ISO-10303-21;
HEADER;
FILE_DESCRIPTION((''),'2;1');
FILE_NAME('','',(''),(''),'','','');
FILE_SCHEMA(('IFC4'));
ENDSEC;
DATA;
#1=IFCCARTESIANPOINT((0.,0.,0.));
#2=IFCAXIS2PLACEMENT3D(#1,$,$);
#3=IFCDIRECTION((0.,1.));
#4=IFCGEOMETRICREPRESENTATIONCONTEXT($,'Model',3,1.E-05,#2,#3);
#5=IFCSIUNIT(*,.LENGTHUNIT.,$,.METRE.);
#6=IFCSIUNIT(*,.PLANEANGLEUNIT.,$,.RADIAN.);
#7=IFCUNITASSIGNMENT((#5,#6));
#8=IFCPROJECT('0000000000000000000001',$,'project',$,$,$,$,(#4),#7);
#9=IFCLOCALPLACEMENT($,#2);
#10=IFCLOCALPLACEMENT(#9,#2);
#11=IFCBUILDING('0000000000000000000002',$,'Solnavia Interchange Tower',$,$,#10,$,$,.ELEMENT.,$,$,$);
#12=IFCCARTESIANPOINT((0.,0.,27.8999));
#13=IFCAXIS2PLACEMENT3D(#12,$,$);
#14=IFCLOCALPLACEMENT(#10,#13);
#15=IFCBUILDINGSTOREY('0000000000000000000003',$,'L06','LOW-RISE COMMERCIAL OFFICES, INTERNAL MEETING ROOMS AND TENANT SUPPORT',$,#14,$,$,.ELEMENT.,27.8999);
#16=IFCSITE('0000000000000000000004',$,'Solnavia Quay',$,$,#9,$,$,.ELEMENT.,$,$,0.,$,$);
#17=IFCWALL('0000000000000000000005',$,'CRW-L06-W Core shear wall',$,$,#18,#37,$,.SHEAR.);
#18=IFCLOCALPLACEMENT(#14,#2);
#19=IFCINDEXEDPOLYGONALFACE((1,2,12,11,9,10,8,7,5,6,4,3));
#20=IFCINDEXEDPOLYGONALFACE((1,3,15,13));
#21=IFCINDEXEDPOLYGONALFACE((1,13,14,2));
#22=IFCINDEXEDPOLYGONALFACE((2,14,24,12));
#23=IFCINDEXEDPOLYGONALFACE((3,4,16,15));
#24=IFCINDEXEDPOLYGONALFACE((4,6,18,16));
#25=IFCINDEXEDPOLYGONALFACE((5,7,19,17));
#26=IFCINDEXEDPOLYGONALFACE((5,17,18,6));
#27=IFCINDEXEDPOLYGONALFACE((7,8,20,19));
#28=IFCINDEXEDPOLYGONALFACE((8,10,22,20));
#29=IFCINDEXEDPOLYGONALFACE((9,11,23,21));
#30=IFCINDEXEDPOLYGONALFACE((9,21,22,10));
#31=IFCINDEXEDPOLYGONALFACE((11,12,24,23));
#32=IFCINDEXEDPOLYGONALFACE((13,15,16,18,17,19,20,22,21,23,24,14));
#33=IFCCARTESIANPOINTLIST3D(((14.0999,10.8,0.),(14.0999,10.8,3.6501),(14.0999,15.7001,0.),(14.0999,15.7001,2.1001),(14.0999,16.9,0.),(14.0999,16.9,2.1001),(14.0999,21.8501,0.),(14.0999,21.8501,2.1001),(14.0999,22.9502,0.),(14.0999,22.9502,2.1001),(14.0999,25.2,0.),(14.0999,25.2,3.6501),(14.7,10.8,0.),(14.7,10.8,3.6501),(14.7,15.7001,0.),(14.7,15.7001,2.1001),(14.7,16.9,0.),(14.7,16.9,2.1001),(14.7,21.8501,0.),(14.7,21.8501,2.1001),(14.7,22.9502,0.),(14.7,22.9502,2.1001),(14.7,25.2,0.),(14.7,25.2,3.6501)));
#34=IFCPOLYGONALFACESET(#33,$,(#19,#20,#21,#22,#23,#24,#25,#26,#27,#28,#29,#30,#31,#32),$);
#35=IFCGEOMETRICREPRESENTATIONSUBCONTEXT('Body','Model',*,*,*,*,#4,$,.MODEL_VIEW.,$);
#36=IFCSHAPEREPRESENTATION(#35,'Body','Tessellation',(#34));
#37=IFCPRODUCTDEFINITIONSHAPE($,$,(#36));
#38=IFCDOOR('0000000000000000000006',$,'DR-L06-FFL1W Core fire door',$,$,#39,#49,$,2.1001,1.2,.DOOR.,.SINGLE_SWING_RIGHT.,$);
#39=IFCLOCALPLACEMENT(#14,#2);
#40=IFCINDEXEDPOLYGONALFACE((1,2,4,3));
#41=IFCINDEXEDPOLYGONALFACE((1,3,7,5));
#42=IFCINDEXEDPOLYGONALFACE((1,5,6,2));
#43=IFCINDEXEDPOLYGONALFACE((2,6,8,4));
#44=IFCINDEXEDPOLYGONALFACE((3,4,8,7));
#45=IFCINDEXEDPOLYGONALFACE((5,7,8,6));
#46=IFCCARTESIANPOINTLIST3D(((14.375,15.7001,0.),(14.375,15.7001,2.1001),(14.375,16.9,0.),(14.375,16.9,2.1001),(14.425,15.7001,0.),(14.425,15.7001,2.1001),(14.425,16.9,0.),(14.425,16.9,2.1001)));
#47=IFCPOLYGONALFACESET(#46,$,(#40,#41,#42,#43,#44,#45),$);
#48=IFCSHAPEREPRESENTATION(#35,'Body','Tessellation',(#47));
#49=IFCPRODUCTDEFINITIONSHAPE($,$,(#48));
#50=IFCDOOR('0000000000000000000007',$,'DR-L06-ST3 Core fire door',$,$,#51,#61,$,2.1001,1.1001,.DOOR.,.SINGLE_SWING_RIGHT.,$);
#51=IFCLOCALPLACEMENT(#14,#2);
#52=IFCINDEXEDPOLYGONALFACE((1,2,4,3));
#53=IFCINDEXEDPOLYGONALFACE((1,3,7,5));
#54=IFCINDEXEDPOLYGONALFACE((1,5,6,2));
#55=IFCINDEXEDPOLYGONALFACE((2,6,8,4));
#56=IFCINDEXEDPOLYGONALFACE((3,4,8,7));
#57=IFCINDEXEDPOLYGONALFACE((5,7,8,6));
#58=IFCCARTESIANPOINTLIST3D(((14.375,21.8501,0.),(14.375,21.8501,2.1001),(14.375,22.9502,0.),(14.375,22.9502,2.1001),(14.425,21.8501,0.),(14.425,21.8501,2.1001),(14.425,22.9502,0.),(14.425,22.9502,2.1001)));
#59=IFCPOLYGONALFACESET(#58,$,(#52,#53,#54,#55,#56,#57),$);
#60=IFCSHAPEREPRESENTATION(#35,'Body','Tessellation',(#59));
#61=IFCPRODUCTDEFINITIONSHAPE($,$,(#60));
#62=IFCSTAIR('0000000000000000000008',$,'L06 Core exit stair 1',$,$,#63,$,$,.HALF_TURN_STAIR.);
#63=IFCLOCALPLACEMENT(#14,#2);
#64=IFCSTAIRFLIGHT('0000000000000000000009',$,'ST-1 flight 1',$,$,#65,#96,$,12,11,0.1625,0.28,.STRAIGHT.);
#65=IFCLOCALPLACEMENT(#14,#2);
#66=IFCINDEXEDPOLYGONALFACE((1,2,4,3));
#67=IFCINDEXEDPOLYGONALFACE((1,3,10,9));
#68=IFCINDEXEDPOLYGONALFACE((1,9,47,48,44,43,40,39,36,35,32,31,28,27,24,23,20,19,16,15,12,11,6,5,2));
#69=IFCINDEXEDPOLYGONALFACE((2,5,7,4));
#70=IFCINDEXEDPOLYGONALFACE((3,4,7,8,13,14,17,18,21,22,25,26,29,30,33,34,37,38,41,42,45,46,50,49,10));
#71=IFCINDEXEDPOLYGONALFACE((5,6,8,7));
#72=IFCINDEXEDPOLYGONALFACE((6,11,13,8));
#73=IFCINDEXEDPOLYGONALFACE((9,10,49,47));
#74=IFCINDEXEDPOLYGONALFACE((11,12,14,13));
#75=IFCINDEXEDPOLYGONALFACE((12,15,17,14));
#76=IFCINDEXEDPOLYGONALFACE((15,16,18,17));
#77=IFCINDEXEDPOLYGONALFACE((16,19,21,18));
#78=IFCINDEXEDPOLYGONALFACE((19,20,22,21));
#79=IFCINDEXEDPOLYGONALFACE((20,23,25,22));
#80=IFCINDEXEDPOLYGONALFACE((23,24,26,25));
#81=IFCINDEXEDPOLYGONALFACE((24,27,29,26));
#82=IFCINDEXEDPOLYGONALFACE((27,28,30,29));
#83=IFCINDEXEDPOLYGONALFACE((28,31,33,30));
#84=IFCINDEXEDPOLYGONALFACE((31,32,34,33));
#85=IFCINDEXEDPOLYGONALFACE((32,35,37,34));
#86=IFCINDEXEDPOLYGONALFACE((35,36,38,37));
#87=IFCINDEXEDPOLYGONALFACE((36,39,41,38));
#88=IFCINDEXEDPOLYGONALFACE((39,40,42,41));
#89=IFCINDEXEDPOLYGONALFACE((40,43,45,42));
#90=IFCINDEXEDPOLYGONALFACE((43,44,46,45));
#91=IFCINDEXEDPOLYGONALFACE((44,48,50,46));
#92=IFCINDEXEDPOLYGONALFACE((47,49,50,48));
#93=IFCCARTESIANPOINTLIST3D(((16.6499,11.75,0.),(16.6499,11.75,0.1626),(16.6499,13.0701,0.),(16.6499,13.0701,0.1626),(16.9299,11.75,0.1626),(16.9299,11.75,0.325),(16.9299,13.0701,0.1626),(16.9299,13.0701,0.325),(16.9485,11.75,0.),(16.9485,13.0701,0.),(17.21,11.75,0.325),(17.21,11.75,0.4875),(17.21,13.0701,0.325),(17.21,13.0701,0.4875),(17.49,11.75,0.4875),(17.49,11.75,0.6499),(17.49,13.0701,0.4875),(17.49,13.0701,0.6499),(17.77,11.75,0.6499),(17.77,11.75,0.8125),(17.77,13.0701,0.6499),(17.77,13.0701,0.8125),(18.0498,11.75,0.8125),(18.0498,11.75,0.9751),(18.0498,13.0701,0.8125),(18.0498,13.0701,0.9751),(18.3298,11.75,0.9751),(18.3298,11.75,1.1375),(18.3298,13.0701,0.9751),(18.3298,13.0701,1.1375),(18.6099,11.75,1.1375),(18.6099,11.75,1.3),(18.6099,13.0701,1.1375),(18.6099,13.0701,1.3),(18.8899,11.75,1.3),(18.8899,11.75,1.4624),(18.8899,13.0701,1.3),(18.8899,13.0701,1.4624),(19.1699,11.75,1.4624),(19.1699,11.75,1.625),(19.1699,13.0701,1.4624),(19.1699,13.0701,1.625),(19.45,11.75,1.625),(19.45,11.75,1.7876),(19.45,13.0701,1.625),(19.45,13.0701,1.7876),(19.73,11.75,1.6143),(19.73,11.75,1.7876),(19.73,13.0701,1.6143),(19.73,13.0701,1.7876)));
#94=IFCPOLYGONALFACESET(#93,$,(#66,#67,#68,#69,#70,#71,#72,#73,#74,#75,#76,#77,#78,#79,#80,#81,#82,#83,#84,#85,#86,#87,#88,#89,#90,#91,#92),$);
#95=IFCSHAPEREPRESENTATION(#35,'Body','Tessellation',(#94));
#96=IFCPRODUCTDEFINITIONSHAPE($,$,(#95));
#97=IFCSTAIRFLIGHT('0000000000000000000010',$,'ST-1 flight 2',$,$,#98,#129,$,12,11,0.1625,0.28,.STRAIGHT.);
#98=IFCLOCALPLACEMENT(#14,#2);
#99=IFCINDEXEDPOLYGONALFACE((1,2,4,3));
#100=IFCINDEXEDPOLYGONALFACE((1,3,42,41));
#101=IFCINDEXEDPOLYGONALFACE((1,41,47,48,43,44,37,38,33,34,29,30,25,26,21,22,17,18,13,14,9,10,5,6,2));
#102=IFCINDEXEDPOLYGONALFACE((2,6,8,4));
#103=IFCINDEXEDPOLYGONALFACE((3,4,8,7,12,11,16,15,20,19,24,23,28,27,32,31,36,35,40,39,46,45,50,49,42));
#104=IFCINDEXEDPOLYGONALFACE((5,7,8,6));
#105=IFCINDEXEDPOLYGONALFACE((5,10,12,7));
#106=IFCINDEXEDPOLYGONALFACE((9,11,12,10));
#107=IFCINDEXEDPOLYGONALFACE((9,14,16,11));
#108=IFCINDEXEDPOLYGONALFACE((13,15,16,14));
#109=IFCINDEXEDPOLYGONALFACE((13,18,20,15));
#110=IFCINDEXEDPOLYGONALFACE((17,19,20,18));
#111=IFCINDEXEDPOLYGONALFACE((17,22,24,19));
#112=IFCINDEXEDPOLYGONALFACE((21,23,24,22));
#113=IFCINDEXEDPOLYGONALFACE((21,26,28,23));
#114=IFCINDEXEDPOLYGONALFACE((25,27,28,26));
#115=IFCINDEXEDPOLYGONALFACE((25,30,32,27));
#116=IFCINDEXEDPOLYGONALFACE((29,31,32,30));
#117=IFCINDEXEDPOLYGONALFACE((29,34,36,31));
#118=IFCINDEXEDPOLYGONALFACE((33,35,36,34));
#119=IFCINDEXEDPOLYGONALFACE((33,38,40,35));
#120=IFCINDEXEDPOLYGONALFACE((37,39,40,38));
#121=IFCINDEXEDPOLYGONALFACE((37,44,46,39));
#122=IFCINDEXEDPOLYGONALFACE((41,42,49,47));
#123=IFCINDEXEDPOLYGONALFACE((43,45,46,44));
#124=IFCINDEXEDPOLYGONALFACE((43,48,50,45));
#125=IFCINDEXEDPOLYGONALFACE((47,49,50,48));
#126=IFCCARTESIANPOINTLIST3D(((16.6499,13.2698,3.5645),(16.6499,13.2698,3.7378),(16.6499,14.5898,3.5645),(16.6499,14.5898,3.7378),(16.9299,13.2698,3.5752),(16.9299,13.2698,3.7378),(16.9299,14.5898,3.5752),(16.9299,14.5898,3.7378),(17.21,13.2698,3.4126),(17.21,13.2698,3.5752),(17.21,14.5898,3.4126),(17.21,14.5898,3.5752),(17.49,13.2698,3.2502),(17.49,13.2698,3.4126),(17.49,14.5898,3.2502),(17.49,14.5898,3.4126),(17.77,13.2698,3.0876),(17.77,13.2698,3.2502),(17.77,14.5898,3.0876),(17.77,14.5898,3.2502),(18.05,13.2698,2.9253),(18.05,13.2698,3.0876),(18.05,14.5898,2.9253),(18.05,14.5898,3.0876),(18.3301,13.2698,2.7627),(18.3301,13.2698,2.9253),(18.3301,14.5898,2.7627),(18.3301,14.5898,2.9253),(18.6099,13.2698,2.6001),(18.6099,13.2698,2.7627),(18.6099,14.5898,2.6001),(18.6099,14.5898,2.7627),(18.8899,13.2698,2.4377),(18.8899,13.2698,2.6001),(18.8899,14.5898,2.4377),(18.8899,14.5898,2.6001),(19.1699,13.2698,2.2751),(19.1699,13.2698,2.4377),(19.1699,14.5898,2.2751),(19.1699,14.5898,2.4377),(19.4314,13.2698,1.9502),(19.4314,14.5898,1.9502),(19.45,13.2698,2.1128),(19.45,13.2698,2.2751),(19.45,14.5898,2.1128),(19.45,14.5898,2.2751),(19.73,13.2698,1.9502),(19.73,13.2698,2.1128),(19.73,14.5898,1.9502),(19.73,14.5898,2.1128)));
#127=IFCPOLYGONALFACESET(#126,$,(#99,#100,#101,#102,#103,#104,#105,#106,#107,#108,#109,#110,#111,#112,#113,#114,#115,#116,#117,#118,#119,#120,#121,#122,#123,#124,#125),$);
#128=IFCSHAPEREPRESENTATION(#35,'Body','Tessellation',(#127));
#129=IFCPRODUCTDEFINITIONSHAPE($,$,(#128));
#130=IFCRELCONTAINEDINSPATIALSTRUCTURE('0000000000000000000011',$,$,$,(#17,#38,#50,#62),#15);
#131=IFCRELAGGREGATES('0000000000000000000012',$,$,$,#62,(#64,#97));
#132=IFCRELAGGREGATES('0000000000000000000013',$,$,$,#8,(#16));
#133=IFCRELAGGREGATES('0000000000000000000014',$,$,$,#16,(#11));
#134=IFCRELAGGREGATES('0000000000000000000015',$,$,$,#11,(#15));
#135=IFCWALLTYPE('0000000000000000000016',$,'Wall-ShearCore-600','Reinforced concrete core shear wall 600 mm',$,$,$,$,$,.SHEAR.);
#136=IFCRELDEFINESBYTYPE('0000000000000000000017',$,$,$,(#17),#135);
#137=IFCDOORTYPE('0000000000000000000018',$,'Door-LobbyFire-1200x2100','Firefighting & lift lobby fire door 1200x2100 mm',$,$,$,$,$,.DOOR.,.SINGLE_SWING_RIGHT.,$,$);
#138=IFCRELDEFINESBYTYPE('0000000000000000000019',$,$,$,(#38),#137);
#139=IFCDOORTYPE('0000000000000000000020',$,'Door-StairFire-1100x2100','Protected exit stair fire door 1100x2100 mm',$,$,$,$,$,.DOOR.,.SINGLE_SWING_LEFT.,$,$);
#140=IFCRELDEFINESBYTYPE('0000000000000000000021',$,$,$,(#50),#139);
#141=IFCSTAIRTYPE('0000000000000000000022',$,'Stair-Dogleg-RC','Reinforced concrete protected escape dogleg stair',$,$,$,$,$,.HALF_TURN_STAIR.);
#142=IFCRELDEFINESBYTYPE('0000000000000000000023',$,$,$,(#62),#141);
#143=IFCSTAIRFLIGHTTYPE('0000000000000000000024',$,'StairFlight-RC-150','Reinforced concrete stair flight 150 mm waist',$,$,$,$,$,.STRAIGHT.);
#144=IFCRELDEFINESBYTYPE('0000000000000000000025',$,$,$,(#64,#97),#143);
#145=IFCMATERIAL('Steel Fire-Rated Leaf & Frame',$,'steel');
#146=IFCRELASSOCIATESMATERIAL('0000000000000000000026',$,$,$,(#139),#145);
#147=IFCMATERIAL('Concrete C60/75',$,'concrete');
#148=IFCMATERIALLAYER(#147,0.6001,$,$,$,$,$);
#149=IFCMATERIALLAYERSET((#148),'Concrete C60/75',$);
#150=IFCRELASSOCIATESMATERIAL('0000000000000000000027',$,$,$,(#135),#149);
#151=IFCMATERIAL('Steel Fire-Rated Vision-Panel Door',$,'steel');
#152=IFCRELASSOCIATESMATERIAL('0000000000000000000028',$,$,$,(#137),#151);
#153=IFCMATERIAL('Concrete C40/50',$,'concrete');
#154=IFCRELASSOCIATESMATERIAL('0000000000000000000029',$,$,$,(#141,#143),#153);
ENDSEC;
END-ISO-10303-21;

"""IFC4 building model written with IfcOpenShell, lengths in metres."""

from ifc_helpers import new_model, si_unit, direction, frame, frame_2d, origin, place, context, subcontext, project, spatial, polyline, rectangle, outline, extrude, material, layer, layer_set, type_object, element, fill, aggregate, save


model = new_model("IFC4")

# Units and contexts
model_context = context("Model", 3, precision=1e-05, world=origin(), true_north=direction((0.0, 1.0)))
body_context = subcontext(model_context, "Body", "Model", "MODEL_VIEW")
ifc_project = project(units=[si_unit("LENGTHUNIT", "METRE"), si_unit("PLANEANGLEUNIT", "RADIAN")], contexts=[model_context])

# Site, building, storey
site_placement = place(None, origin())
site = spatial("IfcSite", under=ifc_project, at=site_placement, Name="Solnavia Quay", CompositionType="ELEMENT", RefElevation=0.0)
building_placement = place(site_placement, origin())
building = spatial("IfcBuilding", under=site, at=building_placement, Name="Solnavia Interchange Tower", CompositionType="ELEMENT")
storey_placement = place(building_placement, frame((0.0, 0.0, 27.8999)))
storey = spatial("IfcBuildingStorey", under=building, at=storey_placement, Name="L06", Description="LOW-RISE COMMERCIAL OFFICES, INTERNAL MEETING ROOMS AND TENANT SUPPORT", CompositionType="ELEMENT", Elevation=27.8999)

# Shared definitions
ifc_material_1 = material(Name="Concrete C40/50", Category="concrete")

# Shared definitions
ifc_material_2 = material(Name="Steel Fire-Rated Leaf & Frame", Category="steel")
door_type_1 = type_object("IfcDoorType", Name="Door-StairFire-1100x2100", Description="Protected exit stair fire door 1100x2100 mm", OperationType="SINGLE_SWING_LEFT", PredefinedType="DOOR", material=ifc_material_2)

# Shared definitions
ifc_material_3 = material(Name="Concrete C60/75", Category="concrete")
ifc_layer_1 = layer(ifc_material_3, 0.6001)
ifc_layer_set_1 = layer_set([ifc_layer_1], Name="Concrete C60/75")
wall_type_1 = type_object("IfcWallType", Name="Wall-ShearCore-600", Description="Reinforced concrete core shear wall 600 mm", PredefinedType="SHEAR", material=ifc_layer_set_1)

# Wall, openings, doors
wall_1_placement = place(storey_placement, frame((14.3999, 10.8, 0.0), z_axis=(0.0, 0.0, 1.0), x_axis=(0.0, 1.0, 0.0)))
wall_1 = element("IfcWall", 1, at=wall_1_placement, inside=storey, type_object=wall_type_1, Name="CRW-L06-W Core shear wall", PredefinedType="SHEAR", context=body_context, shape_type="SweptSolid", body=[
    extrude(rectangle(XDim=14.3999, YDim=0.6001, at=frame_2d((7.2, 0.0))), origin(), (0.0, 0.0, 1.0), 3.6501),
])
opening_1_placement = place(wall_1_placement, frame((11.05, 0.0, 0.0)))
opening_1 = element("IfcOpeningElement", 2, at=opening_1_placement, cuts=wall_1, PredefinedType="OPENING", context=body_context, shape_type="SweptSolid", body=[
    extrude(rectangle(XDim=1.1001, YDim=2.1001, at=frame_2d((0.55, 1.05))), frame((0.0, 0.3101, 0.0), z_axis=(0.0, -1.0, 0.0), x_axis=(1.0, 0.0, 0.0)), (0.0, 0.0, 1.0), 0.6201),
])
opening_2_placement = place(wall_1_placement, frame((4.8999, 0.0, 0.0)))
opening_2 = element("IfcOpeningElement", 3, at=opening_2_placement, cuts=wall_1, PredefinedType="OPENING", context=body_context, shape_type="SweptSolid", body=[
    extrude(rectangle(XDim=1.2, YDim=2.1001, at=frame_2d((0.6001, 1.05))), frame((0.0, 0.3101, 0.0), z_axis=(0.0, -1.0, 0.0), x_axis=(1.0, 0.0, 0.0)), (0.0, 0.0, 1.0), 0.6201),
])
ifc_material_4 = material(Name="Steel Fire-Rated Vision-Panel Door", Category="steel")
door_type_2 = type_object("IfcDoorType", Name="Door-LobbyFire-1200x2100", Description="Firefighting & lift lobby fire door 1200x2100 mm", OperationType="SINGLE_SWING_RIGHT", PredefinedType="DOOR", material=ifc_material_4)
door_1_placement = place(opening_2_placement, origin())
door_1 = element("IfcDoor", 4, at=door_1_placement, inside=storey, type_object=door_type_2, Name="DR-L06-FFL1W Core fire door", OperationType="SINGLE_SWING_RIGHT", OverallHeight=2.1001, OverallWidth=1.2, PredefinedType="DOOR", context=body_context, shape_type="SweptSolid", body=[
    extrude(rectangle(XDim=1.2, YDim=2.1001, at=frame_2d((0.6001, 1.05))), frame((0.0, 0.0249, 0.0), z_axis=(0.0, -1.0, 0.0), x_axis=(1.0, 0.0, 0.0)), (0.0, 0.0, 1.0), 0.05),
])
fill(opening_2, door_1)
door_2_placement = place(opening_1_placement, origin())
door_2 = element("IfcDoor", 5, at=door_2_placement, inside=storey, type_object=door_type_1, Name="DR-L06-ST3 Core fire door", OperationType="SINGLE_SWING_RIGHT", OverallHeight=2.1001, OverallWidth=1.1001, PredefinedType="DOOR", context=body_context, shape_type="SweptSolid", body=[
    extrude(rectangle(XDim=1.1001, YDim=2.1001, at=frame_2d((0.55, 1.05))), frame((0.0, 0.0249, 0.0), z_axis=(0.0, -1.0, 0.0), x_axis=(1.0, 0.0, 0.0)), (0.0, 0.0, 1.0), 0.05),
])
fill(opening_1, door_2)

# Stair, stair flights
stair_type = type_object("IfcStairType", Name="Stair-Dogleg-RC", Description="Reinforced concrete protected escape dogleg stair", PredefinedType="HALF_TURN_STAIR", material=ifc_material_1)
stair_placement = place(storey_placement, origin())
stair = element("IfcStair", 6, at=stair_placement, inside=storey, type_object=stair_type, Name="L06 Core exit stair 1", PredefinedType="HALF_TURN_STAIR")
stair_flight_type = type_object("IfcStairFlightType", Name="StairFlight-RC-150", Description="Reinforced concrete stair flight 150 mm waist", PredefinedType="STRAIGHT", material=ifc_material_1)
stair_flight_1_placement = place(storey_placement, frame((16.6499, 12.4099, 0.0), z_axis=(0.0, 0.0, 1.0), x_axis=(1.0, 0.0, 0.0)))
stair_flight_1 = element("IfcStairFlight", 7, at=stair_flight_1_placement, type_object=stair_flight_type, Name="ST-1 flight 1", NumberOfRisers=12, NumberOfTreads=11, PredefinedType="STRAIGHT", RiserHeight=0.1625, TreadLength=0.28, context=body_context, shape_type="SweptSolid", body=[
    extrude(outline(polyline([(0.0, 0.0), (0.0, 0.1626), (0.28, 0.1626), (0.28, 0.325), (0.5601, 0.325), (0.5601, 0.4875), (0.8401, 0.4875), (0.8401, 0.6499), (1.1201, 0.6499), (1.1201, 0.8125), (1.3999, 0.8125), (1.3999, 0.9751), (1.6799, 0.9751), (1.6799, 1.1375), (1.96, 1.1375), (1.96, 1.3), (2.24, 1.3), (2.24, 1.4624), (2.52, 1.4624), (2.52, 1.625), (2.8, 1.625), (2.8, 1.7876), (3.0801, 1.7876), (3.0801, 1.95), (3.0801, 1.6143), (0.2986, 0.0), (0.0, 0.0)])), frame((0.0, 0.6602, 0.0), z_axis=(0.0, -1.0, 0.0), x_axis=(1.0, 0.0, 0.0)), (0.0, 0.0, 1.0), 1.3201),
])
stair_flight_2_placement = place(storey_placement, frame((19.73, 13.9299, 1.9502), z_axis=(0.0, 0.0, 1.0), x_axis=(-1.0, 0.0, 0.0)))
stair_flight_2 = element("IfcStairFlight", 8, at=stair_flight_2_placement, type_object=stair_flight_type, Name="ST-1 flight 2", NumberOfRisers=12, NumberOfTreads=11, PredefinedType="STRAIGHT", RiserHeight=0.1625, TreadLength=0.28, context=body_context, shape_type="SweptSolid", body=[
    extrude(outline(polyline([(0.0, 0.0), (0.0, 0.1626), (0.28, 0.1626), (0.28, 0.325), (0.5601, 0.325), (0.5601, 0.4875), (0.8401, 0.4875), (0.8401, 0.6499), (1.1201, 0.6499), (1.1201, 0.8125), (1.3999, 0.8125), (1.3999, 0.9751), (1.6799, 0.9751), (1.6799, 1.1375), (1.96, 1.1375), (1.96, 1.3), (2.24, 1.3), (2.24, 1.4624), (2.52, 1.4624), (2.52, 1.625), (2.8, 1.625), (2.8, 1.7876), (3.0801, 1.7876), (3.0801, 1.95), (3.0801, 1.6143), (0.2986, 0.0), (0.0, 0.0)])), frame((0.0, 0.6602, 0.0), z_axis=(0.0, -1.0, 0.0), x_axis=(1.0, 0.0, 0.0)), (0.0, 0.0, 1.0), 1.3201),
])
aggregate(stair, [stair_flight_1, stair_flight_2])

save(model, "model.ifc")
